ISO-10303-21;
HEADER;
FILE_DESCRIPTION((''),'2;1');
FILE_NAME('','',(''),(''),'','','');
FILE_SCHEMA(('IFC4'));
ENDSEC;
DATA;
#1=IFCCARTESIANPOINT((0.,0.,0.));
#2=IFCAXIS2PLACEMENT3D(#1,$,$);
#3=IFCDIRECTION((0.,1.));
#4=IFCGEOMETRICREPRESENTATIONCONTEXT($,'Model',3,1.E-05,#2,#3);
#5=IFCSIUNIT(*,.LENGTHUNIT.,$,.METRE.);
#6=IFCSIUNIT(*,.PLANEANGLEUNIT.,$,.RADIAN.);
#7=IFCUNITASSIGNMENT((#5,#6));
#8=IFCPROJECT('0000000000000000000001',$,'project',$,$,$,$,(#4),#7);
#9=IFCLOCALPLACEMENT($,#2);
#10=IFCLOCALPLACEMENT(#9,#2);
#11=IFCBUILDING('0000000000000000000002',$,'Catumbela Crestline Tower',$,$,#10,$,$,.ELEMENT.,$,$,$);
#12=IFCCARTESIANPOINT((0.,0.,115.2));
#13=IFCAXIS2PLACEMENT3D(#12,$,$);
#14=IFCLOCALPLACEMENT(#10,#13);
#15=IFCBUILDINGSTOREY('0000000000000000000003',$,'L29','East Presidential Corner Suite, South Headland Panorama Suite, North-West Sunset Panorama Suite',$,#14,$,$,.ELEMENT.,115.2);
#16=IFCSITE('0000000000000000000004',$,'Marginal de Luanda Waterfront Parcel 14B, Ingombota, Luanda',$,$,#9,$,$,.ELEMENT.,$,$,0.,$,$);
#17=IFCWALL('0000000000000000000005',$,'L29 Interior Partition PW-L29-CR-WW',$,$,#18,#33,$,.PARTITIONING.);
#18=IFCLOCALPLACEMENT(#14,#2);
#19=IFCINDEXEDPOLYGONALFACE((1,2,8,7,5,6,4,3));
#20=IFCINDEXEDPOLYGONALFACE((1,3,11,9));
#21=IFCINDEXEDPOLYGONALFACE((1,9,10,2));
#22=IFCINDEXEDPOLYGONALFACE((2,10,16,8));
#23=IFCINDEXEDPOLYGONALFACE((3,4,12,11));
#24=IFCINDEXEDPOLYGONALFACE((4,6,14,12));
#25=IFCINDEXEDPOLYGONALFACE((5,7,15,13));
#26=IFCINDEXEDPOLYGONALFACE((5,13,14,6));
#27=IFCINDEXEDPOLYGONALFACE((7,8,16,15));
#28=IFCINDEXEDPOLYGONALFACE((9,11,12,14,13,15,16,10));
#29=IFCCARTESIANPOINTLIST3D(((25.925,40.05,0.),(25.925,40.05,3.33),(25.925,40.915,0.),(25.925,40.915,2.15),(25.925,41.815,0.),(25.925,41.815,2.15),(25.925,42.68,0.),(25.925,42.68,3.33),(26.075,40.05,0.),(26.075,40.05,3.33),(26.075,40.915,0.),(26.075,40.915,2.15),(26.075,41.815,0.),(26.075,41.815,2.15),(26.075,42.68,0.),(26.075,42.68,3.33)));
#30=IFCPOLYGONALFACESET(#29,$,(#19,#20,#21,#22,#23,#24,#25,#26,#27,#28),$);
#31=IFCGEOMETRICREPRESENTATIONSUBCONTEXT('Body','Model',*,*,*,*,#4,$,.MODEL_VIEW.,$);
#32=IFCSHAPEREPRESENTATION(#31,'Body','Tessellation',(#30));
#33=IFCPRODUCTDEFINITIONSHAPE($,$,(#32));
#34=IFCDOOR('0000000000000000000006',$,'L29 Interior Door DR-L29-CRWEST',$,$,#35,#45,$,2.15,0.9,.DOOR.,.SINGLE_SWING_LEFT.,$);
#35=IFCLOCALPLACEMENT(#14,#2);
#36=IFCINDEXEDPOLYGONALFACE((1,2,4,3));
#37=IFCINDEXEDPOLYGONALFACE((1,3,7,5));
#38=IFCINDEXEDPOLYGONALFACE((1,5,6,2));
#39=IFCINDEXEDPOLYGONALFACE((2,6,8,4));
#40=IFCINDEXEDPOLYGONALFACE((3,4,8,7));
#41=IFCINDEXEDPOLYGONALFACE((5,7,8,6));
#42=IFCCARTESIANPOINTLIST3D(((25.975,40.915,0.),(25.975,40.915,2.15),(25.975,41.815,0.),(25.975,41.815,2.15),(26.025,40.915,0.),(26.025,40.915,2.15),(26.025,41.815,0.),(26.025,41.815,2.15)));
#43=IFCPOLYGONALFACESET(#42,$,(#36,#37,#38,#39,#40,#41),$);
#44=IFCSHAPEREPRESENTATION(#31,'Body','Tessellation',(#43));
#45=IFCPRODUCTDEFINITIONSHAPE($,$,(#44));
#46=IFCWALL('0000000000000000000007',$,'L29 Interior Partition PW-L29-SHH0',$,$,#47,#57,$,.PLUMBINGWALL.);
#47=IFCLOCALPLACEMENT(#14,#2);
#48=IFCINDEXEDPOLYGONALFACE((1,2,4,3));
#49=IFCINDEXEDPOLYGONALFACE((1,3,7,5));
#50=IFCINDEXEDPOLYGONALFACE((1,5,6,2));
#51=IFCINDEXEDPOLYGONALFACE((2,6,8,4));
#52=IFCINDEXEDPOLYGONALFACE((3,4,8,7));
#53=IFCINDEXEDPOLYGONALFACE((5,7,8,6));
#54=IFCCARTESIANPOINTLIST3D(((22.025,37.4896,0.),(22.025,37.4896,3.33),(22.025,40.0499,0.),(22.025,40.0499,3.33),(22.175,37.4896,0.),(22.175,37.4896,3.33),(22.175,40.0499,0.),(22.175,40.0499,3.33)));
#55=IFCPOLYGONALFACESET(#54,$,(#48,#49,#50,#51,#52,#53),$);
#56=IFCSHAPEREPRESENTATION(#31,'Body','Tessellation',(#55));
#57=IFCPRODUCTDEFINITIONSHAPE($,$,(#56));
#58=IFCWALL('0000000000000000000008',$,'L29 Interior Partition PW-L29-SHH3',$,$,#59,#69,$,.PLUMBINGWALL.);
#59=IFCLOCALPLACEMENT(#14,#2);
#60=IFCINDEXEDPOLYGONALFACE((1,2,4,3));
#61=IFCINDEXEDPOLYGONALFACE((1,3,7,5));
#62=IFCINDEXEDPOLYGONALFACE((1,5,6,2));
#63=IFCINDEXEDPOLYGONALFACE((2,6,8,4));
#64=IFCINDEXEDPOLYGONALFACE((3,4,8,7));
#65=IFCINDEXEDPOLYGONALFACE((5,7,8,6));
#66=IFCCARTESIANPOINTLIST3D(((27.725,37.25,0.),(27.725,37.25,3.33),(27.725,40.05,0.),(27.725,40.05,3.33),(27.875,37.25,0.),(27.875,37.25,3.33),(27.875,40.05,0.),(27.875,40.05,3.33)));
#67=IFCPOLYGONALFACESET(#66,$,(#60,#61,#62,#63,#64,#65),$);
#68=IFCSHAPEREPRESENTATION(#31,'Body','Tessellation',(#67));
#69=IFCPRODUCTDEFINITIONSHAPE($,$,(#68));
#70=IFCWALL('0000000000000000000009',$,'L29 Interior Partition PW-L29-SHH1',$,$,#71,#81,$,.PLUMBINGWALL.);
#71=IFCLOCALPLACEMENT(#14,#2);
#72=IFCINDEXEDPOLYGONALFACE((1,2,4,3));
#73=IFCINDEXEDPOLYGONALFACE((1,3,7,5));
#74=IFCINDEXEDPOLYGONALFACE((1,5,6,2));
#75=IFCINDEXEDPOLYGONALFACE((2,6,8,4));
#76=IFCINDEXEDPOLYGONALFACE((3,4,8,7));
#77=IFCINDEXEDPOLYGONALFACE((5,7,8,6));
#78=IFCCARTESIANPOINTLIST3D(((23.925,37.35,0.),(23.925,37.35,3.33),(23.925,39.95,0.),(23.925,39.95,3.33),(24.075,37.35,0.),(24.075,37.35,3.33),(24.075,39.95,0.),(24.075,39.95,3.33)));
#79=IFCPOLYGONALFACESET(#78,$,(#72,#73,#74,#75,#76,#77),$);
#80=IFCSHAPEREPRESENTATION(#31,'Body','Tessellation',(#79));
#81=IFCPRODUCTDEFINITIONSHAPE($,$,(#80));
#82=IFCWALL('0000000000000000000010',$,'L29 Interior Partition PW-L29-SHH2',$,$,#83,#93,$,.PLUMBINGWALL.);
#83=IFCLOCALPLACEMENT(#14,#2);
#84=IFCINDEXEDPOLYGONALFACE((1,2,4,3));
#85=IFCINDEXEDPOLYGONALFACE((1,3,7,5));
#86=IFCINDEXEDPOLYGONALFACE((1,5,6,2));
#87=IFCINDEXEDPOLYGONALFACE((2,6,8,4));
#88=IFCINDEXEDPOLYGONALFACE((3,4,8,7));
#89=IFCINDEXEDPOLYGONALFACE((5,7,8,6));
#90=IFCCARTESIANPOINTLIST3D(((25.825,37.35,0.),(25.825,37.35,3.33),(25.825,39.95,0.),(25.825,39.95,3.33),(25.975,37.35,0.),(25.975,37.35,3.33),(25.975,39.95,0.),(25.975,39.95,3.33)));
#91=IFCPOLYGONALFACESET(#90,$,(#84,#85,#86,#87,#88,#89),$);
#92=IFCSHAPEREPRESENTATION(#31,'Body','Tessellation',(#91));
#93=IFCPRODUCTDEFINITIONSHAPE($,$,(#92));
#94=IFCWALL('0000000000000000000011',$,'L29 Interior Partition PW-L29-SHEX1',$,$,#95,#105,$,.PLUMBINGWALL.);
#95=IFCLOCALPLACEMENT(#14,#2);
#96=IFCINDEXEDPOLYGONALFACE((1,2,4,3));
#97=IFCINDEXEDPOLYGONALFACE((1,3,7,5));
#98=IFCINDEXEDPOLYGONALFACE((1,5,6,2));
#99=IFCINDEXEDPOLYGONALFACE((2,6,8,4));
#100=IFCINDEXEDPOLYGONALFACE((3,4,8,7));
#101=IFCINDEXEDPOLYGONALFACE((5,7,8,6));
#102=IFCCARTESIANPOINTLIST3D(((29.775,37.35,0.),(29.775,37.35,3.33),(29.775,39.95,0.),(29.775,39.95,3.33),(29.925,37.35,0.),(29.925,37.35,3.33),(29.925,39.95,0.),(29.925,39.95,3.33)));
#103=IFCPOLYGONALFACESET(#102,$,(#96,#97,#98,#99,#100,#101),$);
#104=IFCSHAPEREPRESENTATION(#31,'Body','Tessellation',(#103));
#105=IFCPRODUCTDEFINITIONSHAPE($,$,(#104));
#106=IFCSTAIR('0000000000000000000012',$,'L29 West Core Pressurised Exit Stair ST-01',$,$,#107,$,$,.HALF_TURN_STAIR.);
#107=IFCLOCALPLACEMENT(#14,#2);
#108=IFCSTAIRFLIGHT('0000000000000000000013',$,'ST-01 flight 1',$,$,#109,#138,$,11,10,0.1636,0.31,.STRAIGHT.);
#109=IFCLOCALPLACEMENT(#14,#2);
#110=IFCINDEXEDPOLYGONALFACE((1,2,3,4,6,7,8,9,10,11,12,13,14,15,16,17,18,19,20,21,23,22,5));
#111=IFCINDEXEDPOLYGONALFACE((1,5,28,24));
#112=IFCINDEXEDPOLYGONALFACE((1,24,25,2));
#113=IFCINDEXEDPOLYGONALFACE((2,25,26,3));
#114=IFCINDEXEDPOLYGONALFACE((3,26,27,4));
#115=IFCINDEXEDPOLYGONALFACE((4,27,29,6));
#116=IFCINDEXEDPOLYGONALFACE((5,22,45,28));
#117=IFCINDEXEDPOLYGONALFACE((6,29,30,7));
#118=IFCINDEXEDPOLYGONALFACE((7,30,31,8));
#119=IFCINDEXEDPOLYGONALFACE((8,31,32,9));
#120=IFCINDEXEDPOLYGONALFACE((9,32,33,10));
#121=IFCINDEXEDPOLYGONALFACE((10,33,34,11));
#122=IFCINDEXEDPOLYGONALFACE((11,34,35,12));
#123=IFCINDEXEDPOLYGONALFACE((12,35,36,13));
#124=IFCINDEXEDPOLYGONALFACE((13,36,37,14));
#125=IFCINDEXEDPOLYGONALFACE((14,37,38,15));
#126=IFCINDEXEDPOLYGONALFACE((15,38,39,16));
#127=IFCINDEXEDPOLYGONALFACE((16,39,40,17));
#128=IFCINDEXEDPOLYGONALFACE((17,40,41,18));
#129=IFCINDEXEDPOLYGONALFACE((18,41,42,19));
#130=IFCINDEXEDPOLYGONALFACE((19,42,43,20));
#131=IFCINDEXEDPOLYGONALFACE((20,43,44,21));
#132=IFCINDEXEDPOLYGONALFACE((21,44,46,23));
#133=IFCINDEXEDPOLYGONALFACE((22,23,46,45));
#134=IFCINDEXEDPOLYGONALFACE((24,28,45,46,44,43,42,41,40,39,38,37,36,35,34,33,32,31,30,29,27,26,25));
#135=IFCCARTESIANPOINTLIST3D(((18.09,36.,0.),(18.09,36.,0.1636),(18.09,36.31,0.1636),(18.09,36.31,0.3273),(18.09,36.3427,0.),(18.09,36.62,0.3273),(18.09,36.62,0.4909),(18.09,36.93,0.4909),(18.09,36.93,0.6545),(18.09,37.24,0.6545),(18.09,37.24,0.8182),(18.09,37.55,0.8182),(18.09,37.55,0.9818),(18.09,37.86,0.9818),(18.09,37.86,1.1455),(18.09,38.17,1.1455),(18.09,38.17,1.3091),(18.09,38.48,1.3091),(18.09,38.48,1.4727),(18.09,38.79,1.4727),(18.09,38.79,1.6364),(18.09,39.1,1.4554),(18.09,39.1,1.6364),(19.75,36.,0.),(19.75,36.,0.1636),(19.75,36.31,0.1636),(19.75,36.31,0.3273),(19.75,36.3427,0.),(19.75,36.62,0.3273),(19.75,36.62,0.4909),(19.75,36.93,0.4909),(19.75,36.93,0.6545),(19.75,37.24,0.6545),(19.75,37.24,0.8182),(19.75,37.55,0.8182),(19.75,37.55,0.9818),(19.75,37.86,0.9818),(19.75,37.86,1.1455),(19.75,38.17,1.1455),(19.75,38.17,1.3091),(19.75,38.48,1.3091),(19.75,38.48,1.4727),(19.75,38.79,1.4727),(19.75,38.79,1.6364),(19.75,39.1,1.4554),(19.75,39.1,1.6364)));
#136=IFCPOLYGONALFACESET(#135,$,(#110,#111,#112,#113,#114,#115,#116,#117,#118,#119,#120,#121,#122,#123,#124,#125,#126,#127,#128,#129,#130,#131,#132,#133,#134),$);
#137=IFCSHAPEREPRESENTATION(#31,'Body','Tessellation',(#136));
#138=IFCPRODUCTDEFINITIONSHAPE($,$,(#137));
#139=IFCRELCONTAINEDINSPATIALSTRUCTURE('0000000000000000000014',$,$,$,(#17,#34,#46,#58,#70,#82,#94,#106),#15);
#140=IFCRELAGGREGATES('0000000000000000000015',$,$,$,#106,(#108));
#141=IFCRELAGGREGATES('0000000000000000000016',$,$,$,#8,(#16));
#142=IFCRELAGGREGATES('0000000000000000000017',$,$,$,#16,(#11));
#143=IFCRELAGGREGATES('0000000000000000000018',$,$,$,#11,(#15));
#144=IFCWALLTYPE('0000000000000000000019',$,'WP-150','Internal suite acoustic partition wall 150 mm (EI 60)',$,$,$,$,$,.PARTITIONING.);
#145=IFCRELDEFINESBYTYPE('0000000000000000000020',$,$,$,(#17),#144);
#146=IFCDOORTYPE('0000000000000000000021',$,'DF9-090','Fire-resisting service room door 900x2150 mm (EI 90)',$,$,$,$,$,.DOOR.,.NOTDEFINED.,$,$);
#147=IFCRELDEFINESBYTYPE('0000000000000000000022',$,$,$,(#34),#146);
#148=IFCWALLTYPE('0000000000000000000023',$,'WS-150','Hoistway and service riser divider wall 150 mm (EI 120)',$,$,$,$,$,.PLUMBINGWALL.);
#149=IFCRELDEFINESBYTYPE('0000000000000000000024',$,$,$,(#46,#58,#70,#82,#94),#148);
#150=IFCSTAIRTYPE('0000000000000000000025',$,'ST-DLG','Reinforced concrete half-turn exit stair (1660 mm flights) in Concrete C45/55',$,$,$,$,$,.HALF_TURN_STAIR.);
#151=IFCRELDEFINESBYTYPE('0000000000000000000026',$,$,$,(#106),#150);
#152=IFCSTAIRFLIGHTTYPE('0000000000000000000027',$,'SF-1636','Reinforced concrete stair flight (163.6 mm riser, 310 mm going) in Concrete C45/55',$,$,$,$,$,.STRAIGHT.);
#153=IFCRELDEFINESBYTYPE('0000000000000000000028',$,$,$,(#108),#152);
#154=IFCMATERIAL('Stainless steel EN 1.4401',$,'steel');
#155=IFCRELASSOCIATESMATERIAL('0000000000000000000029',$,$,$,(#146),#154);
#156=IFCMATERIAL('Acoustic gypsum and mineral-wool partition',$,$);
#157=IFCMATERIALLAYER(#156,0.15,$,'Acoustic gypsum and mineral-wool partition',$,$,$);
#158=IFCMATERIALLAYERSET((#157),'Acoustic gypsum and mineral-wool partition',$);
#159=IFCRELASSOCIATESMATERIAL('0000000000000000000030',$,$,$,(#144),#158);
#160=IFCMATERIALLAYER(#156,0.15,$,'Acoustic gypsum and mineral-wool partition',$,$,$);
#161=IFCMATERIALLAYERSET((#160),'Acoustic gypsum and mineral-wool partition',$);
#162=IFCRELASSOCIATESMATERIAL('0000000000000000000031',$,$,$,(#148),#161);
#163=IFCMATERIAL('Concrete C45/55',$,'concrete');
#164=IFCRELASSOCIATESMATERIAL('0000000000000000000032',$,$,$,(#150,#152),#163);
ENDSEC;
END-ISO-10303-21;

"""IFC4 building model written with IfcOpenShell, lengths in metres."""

from ifc_helpers import new_model, si_unit, direction, frame, frame_2d, origin, place, context, subcontext, project, spatial, polyline, rectangle, outline, extrude, material, layer, layer_set, type_object, element, fill, aggregate, save


model = new_model("IFC4")

# Units and contexts
model_context = context("Model", 3, precision=1e-05, world=origin(), true_north=direction((0.0, 1.0)))
body_context = subcontext(model_context, "Body", "Model", "MODEL_VIEW")
ifc_project = project(units=[si_unit("LENGTHUNIT", "METRE"), si_unit("PLANEANGLEUNIT", "RADIAN")], contexts=[model_context])

# Site, building, storey
site_placement = place(None, origin())
site = spatial("IfcSite", under=ifc_project, at=site_placement, Name="Marginal de Luanda Waterfront Parcel 14B, Ingombota, Luanda", CompositionType="ELEMENT", RefElevation=0.0)
building_placement = place(site_placement, origin())
building = spatial("IfcBuilding", under=site, at=building_placement, Name="Catumbela Crestline Tower", CompositionType="ELEMENT")
storey_placement = place(building_placement, frame((0.0, 0.0, 115.2)))
storey = spatial("IfcBuildingStorey", under=building, at=storey_placement, Name="L29", Description="East Presidential Corner Suite, South Headland Panorama Suite, North-West Sunset Panorama Suite", CompositionType="ELEMENT", Elevation=115.2)

# Shared definitions
ifc_material_1 = material(Name="Stainless steel EN 1.4401", Category="steel")

# Shared definitions
door_type_1 = type_object("IfcDoorType", Name="DF9-090", Description="Fire-resisting service room door 900x2150 mm (EI 90)", OperationType="NOTDEFINED", PredefinedType="DOOR", material=ifc_material_1)

# Wall, opening, door
ifc_material_2 = material(Name="Acoustic gypsum and mineral-wool partition")
ifc_layer_1 = layer(ifc_material_2, 0.15, Name="Acoustic gypsum and mineral-wool partition")
ifc_layer_set_1 = layer_set([ifc_layer_1], Name="Acoustic gypsum and mineral-wool partition")
wall_type_1 = type_object("IfcWallType", Name="WP-150", Description="Internal suite acoustic partition wall 150 mm (EI 60)", PredefinedType="PARTITIONING", material=ifc_layer_set_1)
wall_1_placement = place(storey_placement, frame((26.0, 40.05, 0.0), z_axis=(0.0, 0.0, 1.0), x_axis=(0.0, 1.0, 0.0)))
wall_1 = element("IfcWall", 1, at=wall_1_placement, inside=storey, type_object=wall_type_1, Name="L29 Interior Partition PW-L29-CR-WW", PredefinedType="PARTITIONING", context=body_context, shape_type="SweptSolid", body=[
    extrude(rectangle(XDim=2.63, YDim=0.15, at=frame_2d((1.315, 0.0))), origin(), (0.0, 0.0, 1.0), 3.33),
])
opening_1_placement = place(wall_1_placement, frame((0.865, 0.0, 0.0)))
opening_1 = element("IfcOpeningElement", 2, at=opening_1_placement, cuts=wall_1, PredefinedType="OPENING", context=body_context, shape_type="SweptSolid", body=[
    extrude(rectangle(XDim=0.9, YDim=2.15, at=frame_2d((0.45, 1.075))), frame((0.0, 0.085, 0.0), z_axis=(0.0, -1.0, 0.0), x_axis=(1.0, 0.0, 0.0)), (0.0, 0.0, 1.0), 0.17),
])
door_1_placement = place(opening_1_placement, origin())
door_1 = element("IfcDoor", 3, at=door_1_placement, inside=storey, type_object=door_type_1, Name="L29 Interior Door DR-L29-CRWEST", OperationType="SINGLE_SWING_LEFT", OverallHeight=2.15, OverallWidth=0.9, PredefinedType="DOOR", context=body_context, shape_type="SweptSolid", body=[
    extrude(rectangle(XDim=0.9, YDim=2.15, at=frame_2d((0.45, 1.075))), frame((0.0, 0.025, 0.0), z_axis=(0.0, -1.0, 0.0), x_axis=(1.0, 0.0, 0.0)), (0.0, 0.0, 1.0), 0.05),
])
fill(opening_1, door_1)

# Walls
ifc_layer_2 = layer(ifc_material_2, 0.15, Name="Acoustic gypsum and mineral-wool partition")
ifc_layer_set_2 = layer_set([ifc_layer_2], Name="Acoustic gypsum and mineral-wool partition")
wall_type_2 = type_object("IfcWallType", Name="WS-150", Description="Hoistway and service riser divider wall 150 mm (EI 120)", PredefinedType="PLUMBINGWALL", material=ifc_layer_set_2)
wall_2_placement = place(storey_placement, frame((22.1, 37.4897, 0.0), z_axis=(0.0, 0.0, 1.0), x_axis=(0.0, 1.0, 0.0)))
element("IfcWall", 4, at=wall_2_placement, inside=storey, type_object=wall_type_2, Name="L29 Interior Partition PW-L29-SHH0", PredefinedType="PLUMBINGWALL", context=body_context, shape_type="SweptSolid", body=[
    extrude(rectangle(XDim=2.5603, YDim=0.15, at=frame_2d((1.2801, 0.0))), origin(), (0.0, 0.0, 1.0), 3.33),
])
wall_3_placement = place(storey_placement, frame((27.8, 37.25, 0.0), z_axis=(0.0, 0.0, 1.0), x_axis=(0.0, 1.0, 0.0)))
element("IfcWall", 5, at=wall_3_placement, inside=storey, type_object=wall_type_2, Name="L29 Interior Partition PW-L29-SHH3", PredefinedType="PLUMBINGWALL", context=body_context, shape_type="SweptSolid", body=[
    extrude(rectangle(XDim=2.8, YDim=0.15, at=frame_2d((1.4, 0.0))), origin(), (0.0, 0.0, 1.0), 3.33),
])
for number, where, z_axis, x_axis, name in (
    (6, (24.0, 37.35, 0.0), (0.0, 0.0, 1.0), (0.0, 1.0, 0.0), "L29 Interior Partition PW-L29-SHH1"),
    (7, (25.9, 37.35, 0.0), (0.0, 0.0, 1.0), (0.0, 1.0, 0.0), "L29 Interior Partition PW-L29-SHH2"),
    (8, (29.85, 37.35, 0.0), (0.0, 0.0, 1.0), (0.0, 1.0, 0.0), "L29 Interior Partition PW-L29-SHEX1"),
):
    element("IfcWall", number, at=place(storey_placement, frame(where, z_axis=z_axis, x_axis=x_axis)), inside=storey, type_object=wall_type_2, Name=name, PredefinedType="PLUMBINGWALL", context=body_context, shape_type="SweptSolid", body=[
        extrude(rectangle(XDim=2.6, YDim=0.15, at=frame_2d((1.3, 0.0))), origin(), (0.0, 0.0, 1.0), 3.33),
    ])

# Stair, stair flight
ifc_material_3 = material(Name="Concrete C45/55", Category="concrete")
stair_type = type_object("IfcStairType", Name="ST-DLG", Description="Reinforced concrete half-turn exit stair (1660 mm flights) in Concrete C45/55", PredefinedType="HALF_TURN_STAIR", material=ifc_material_3)
stair_placement = place(storey_placement, origin())
stair = element("IfcStair", 9, at=stair_placement, inside=storey, type_object=stair_type, Name="L29 West Core Pressurised Exit Stair ST-01", PredefinedType="HALF_TURN_STAIR")
stair_flight_type = type_object("IfcStairFlightType", Name="SF-1636", Description="Reinforced concrete stair flight (163.6 mm riser, 310 mm going) in Concrete C45/55", PredefinedType="STRAIGHT", material=ifc_material_3)
stair_flight_placement = place(storey_placement, frame((18.92, 36.0, 0.0), z_axis=(0.0, 0.0, 1.0), x_axis=(0.0, 1.0, 0.0)))
stair_flight = element("IfcStairFlight", 10, at=stair_flight_placement, type_object=stair_flight_type, Name="ST-01 flight 1", NumberOfRisers=11, NumberOfTreads=10, PredefinedType="STRAIGHT", RiserHeight=0.1636, TreadLength=0.31, context=body_context, shape_type="SweptSolid", body=[
    extrude(outline(polyline([(0.0, 0.0), (0.0, 0.1636), (0.31, 0.1636), (0.31, 0.3273), (0.62, 0.3273), (0.62, 0.4909), (0.93, 0.4909), (0.93, 0.6545), (1.24, 0.6545), (1.24, 0.8182), (1.55, 0.8182), (1.55, 0.9818), (1.86, 0.9818), (1.86, 1.1455), (2.17, 1.1455), (2.17, 1.3091), (2.48, 1.3091), (2.48, 1.4727), (2.79, 1.4727), (2.79, 1.6364), (3.1, 1.6364), (3.1, 1.8), (3.1, 1.4554), (0.3427, 0.0), (0.0, 0.0)])), frame((0.0, 0.83, 0.0), z_axis=(0.0, -1.0, 0.0), x_axis=(1.0, 0.0, 0.0)), (0.0, 0.0, 1.0), 1.66),
])
aggregate(stair, [stair_flight])

save(model, "model.ifc")
